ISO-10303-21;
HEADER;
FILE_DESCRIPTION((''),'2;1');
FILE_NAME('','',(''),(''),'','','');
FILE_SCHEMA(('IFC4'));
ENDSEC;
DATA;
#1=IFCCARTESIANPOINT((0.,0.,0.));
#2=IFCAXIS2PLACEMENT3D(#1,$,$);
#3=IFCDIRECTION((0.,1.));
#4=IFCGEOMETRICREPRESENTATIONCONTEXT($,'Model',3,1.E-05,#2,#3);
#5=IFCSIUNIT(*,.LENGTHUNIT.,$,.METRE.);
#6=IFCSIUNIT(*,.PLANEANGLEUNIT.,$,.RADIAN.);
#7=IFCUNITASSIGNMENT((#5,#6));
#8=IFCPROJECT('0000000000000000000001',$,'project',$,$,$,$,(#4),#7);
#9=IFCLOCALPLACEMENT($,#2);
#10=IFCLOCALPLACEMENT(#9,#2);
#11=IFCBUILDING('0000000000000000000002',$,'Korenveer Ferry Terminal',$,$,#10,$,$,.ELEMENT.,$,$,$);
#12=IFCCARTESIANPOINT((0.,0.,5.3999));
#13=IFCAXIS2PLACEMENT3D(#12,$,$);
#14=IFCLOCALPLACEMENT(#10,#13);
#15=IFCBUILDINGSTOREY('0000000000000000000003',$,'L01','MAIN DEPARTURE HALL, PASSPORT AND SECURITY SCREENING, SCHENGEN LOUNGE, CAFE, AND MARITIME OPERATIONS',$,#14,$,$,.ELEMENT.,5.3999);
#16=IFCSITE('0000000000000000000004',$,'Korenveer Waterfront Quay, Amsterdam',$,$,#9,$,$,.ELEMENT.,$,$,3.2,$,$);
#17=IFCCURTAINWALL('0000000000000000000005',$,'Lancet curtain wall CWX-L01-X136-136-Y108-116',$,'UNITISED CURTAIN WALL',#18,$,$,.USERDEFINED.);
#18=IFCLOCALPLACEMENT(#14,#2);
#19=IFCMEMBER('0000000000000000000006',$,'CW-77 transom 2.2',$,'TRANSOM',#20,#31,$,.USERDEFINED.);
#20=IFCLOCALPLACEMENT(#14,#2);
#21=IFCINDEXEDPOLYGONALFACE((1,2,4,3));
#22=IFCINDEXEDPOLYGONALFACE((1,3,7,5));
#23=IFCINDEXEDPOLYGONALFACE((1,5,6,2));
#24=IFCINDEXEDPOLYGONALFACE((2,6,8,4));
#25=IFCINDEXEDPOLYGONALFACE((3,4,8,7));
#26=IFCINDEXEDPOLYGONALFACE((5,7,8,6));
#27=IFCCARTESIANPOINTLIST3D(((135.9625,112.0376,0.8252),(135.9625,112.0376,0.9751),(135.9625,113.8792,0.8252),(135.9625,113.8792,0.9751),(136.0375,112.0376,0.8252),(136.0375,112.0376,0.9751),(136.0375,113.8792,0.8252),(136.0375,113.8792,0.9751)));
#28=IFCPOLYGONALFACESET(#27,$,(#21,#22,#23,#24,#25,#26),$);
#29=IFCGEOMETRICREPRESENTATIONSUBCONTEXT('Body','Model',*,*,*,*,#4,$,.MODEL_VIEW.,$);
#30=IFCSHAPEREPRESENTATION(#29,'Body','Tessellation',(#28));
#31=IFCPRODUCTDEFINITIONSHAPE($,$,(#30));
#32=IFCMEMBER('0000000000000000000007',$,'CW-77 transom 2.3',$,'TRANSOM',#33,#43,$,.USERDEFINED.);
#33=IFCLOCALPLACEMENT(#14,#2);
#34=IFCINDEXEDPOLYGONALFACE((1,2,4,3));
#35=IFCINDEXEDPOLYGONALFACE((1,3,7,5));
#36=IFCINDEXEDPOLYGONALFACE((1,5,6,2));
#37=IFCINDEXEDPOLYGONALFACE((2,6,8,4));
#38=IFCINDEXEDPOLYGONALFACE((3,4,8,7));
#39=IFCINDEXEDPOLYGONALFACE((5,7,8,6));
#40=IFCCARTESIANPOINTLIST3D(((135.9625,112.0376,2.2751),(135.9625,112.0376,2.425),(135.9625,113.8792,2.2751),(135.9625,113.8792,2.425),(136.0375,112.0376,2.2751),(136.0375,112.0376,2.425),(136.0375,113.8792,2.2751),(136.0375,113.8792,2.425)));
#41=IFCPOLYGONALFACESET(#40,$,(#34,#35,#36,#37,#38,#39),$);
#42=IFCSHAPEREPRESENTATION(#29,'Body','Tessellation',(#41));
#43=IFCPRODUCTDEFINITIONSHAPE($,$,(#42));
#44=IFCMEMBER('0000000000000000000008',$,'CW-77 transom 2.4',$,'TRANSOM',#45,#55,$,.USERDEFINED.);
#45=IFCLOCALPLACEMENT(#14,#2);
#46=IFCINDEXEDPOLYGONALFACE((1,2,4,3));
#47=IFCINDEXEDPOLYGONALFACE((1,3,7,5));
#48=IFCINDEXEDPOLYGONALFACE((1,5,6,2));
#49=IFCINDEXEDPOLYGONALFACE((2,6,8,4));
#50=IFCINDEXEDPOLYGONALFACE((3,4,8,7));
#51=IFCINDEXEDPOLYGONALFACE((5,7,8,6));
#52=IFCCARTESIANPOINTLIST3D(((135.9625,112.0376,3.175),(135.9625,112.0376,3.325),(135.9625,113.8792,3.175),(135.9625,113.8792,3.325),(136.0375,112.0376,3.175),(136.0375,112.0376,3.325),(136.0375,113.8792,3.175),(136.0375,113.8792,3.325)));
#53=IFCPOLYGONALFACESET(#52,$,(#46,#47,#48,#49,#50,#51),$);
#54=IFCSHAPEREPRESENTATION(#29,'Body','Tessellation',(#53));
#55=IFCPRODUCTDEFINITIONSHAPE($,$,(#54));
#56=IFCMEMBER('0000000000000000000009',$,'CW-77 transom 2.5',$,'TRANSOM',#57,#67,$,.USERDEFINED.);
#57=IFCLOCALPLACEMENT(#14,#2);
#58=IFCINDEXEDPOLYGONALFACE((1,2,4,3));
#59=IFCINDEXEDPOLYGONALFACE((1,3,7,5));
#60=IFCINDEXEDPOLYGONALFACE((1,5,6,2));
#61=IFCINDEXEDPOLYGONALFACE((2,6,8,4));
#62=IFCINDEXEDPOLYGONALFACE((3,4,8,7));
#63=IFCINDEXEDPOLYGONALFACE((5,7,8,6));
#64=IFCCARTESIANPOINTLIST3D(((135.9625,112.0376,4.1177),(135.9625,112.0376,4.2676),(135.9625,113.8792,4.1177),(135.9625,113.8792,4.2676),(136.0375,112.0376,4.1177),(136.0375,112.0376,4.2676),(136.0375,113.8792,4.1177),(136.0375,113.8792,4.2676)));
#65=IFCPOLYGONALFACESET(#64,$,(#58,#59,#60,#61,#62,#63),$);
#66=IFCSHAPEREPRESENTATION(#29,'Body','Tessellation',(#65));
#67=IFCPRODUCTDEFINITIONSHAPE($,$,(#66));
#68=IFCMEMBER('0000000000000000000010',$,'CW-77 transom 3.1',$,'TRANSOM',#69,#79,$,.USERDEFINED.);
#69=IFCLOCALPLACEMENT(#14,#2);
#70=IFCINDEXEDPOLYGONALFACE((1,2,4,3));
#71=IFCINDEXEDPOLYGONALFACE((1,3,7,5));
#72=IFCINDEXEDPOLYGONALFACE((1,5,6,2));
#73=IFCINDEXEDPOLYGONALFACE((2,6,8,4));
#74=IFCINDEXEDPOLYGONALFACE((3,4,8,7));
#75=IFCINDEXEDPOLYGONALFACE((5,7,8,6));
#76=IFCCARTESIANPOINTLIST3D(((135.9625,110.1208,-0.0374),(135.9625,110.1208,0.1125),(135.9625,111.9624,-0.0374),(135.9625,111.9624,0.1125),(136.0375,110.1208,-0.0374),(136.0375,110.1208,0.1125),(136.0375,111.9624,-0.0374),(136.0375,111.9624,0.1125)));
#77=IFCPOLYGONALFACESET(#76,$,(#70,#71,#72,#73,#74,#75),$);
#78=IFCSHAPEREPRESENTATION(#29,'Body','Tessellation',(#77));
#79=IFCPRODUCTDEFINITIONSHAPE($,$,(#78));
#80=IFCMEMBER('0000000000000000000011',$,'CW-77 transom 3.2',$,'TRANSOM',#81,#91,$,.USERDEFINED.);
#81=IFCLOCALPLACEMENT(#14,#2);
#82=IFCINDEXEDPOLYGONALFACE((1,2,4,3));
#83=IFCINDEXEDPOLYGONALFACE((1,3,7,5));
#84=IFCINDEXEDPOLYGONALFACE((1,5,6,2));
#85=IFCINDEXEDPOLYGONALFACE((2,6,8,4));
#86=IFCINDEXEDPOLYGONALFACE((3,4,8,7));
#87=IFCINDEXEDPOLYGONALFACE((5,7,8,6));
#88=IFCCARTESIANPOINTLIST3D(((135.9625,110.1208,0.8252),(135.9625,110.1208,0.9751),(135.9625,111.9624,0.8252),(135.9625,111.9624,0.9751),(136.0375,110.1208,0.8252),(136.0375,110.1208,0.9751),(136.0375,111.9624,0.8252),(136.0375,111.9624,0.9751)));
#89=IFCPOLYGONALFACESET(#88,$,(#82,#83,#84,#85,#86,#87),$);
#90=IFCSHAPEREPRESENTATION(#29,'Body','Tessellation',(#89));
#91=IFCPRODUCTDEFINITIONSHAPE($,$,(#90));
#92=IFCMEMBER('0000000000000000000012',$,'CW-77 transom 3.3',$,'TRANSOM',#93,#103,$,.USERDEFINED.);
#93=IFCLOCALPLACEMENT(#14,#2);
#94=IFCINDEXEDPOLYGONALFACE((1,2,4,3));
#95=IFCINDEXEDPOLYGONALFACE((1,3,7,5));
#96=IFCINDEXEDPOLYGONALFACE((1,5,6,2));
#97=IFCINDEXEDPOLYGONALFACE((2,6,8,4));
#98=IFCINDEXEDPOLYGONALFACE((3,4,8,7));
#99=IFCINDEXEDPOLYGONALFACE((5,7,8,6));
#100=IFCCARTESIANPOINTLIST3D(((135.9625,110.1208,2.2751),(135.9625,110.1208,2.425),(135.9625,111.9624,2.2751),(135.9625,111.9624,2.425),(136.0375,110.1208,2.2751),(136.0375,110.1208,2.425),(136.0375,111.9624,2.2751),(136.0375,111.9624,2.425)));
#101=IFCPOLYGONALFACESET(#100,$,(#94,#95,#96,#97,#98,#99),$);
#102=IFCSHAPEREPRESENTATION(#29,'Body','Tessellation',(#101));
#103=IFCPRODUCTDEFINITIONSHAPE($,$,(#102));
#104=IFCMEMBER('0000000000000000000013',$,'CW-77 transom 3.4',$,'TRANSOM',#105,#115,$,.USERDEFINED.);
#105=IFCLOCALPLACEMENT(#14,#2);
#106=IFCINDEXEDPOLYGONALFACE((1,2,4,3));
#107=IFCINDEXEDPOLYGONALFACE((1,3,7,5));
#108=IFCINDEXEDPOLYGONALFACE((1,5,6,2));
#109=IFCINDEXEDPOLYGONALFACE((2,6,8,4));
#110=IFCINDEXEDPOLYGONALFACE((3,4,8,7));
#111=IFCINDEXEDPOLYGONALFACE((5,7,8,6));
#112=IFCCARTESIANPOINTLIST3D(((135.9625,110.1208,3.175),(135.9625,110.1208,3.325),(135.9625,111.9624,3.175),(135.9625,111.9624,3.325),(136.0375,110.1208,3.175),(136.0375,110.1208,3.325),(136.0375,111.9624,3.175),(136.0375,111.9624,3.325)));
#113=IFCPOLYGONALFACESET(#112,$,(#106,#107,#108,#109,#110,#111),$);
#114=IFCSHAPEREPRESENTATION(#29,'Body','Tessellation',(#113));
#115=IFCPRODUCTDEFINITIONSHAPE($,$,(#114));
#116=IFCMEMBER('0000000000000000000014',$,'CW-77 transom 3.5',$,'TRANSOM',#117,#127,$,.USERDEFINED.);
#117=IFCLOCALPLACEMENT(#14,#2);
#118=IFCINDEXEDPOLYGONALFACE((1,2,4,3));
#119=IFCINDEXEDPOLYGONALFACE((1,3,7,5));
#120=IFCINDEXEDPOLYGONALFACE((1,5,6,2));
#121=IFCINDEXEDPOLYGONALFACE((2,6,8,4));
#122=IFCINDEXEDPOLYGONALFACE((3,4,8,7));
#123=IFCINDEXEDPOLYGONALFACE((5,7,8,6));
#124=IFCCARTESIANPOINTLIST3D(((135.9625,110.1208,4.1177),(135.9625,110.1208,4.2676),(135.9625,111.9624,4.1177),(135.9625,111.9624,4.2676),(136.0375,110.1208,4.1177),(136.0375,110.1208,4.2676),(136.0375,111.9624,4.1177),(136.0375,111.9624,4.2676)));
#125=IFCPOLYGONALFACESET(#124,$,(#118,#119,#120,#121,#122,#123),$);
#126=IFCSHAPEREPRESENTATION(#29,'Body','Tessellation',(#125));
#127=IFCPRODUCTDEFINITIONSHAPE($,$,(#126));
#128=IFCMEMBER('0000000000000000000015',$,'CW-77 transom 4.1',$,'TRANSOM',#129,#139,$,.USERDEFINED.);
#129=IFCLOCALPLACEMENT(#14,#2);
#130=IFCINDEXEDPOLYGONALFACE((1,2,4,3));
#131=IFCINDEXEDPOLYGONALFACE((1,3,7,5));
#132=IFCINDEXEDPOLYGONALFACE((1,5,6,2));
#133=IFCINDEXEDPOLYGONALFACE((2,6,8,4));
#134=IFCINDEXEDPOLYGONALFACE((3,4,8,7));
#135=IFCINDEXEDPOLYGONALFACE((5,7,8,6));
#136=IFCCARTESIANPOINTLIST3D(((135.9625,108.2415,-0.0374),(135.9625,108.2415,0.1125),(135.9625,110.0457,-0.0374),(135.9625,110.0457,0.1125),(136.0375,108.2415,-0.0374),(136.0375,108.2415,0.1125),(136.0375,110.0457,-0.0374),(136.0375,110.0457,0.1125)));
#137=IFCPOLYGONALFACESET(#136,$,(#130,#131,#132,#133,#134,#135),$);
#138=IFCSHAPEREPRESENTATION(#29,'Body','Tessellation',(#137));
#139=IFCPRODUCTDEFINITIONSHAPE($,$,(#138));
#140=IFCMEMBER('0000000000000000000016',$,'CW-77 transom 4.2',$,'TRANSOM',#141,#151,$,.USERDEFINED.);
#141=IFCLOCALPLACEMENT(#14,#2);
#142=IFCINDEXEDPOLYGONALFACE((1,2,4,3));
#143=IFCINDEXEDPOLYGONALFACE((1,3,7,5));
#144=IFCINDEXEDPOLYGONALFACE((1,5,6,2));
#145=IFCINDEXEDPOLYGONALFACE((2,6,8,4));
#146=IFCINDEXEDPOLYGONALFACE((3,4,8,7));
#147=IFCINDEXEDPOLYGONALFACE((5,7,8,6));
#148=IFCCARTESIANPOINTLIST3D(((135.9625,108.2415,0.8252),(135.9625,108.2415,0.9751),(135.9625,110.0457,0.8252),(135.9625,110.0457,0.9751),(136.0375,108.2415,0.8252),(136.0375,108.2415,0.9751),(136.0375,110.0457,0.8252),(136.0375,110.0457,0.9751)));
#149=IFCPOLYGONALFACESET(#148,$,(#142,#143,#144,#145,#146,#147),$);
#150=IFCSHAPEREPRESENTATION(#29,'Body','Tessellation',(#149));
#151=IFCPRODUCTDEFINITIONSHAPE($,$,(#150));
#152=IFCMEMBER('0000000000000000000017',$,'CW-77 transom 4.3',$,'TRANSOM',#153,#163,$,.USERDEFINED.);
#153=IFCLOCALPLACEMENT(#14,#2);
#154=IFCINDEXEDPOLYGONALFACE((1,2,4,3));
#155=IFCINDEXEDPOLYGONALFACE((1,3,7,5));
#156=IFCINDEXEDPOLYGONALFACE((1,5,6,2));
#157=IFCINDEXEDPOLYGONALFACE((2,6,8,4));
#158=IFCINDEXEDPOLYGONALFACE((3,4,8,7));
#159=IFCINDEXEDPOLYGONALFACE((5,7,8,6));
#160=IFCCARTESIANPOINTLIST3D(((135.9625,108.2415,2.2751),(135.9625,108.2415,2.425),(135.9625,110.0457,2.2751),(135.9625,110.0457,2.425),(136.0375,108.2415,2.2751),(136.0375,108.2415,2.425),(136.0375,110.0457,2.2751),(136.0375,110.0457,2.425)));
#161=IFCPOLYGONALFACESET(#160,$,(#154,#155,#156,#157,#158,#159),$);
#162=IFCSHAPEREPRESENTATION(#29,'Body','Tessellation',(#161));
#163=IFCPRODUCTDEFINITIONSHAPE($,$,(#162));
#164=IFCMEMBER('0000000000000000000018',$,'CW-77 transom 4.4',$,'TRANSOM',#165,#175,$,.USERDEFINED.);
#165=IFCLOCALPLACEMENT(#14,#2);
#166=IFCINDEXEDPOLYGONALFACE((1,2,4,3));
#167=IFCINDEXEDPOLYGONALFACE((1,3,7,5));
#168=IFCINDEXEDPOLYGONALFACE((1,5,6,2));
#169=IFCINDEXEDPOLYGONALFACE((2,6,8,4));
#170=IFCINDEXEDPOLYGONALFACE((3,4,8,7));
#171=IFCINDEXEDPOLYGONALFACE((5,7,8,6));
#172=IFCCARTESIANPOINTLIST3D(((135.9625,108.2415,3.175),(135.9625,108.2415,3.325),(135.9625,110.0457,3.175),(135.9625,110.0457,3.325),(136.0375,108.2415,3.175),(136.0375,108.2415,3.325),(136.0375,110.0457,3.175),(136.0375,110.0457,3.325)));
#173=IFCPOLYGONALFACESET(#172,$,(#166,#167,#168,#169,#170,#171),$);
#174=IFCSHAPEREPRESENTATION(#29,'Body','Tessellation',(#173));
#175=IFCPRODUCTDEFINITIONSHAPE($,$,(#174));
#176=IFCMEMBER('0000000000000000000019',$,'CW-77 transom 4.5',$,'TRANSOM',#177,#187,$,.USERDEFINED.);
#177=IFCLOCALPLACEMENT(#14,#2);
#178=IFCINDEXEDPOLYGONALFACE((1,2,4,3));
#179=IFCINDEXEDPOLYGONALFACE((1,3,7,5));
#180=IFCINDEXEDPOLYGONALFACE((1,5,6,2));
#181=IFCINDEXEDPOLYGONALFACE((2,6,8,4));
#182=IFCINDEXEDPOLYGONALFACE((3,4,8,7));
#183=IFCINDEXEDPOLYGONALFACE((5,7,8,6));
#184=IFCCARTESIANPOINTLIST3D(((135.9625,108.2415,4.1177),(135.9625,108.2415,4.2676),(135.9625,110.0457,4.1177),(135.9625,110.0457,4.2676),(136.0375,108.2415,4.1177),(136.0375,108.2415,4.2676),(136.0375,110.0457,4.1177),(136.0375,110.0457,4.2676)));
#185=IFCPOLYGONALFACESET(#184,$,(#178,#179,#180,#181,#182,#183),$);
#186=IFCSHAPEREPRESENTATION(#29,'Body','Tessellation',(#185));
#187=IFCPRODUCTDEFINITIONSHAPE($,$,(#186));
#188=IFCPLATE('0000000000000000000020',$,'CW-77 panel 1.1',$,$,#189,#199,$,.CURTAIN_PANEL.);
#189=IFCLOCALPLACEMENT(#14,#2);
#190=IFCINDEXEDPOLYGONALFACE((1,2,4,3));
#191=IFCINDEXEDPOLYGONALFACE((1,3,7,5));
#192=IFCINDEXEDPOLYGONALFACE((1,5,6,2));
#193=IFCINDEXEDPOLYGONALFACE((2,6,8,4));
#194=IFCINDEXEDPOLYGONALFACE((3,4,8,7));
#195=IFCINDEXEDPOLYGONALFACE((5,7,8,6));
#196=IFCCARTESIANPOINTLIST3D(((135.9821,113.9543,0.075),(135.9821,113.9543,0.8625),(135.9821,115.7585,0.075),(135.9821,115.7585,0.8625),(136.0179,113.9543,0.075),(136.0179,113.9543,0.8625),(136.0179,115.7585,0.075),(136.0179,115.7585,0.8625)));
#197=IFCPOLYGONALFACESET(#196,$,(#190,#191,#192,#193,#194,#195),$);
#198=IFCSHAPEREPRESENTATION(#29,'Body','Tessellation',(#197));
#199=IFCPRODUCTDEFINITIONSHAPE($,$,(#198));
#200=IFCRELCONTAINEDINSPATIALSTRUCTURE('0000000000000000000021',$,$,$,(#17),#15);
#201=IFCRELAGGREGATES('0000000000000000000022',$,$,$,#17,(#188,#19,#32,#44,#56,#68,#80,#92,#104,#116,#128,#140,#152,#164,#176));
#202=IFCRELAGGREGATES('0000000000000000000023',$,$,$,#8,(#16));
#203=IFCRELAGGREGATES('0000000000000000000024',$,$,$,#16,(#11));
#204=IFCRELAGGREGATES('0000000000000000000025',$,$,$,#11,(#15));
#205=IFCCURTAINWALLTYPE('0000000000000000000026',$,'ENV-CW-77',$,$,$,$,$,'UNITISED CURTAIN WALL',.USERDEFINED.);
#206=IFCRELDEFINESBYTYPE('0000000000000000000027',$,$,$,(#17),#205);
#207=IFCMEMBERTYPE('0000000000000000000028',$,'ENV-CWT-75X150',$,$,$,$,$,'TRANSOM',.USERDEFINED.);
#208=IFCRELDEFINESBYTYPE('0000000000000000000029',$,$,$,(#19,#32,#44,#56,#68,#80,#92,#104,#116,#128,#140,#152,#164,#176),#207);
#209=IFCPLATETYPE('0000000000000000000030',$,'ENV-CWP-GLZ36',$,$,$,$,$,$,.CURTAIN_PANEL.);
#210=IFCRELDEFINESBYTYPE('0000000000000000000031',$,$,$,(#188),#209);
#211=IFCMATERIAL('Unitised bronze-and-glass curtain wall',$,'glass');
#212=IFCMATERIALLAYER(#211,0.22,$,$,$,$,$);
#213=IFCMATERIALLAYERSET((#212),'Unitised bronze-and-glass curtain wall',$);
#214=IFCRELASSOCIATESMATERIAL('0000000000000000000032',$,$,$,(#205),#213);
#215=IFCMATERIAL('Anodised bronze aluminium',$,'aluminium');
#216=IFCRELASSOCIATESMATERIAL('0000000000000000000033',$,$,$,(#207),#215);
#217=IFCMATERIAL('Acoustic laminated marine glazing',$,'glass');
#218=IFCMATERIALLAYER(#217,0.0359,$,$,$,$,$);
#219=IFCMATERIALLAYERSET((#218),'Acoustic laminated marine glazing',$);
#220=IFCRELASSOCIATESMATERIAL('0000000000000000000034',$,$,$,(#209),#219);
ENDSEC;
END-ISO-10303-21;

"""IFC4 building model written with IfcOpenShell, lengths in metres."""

from ifc_helpers import new_model, si_unit, direction, frame, origin, origin_2d, place, context, subcontext, project, spatial, rectangle, extrude, material, layer, layer_set, material_profile, profile_set, type_object, element, aggregate, save


model = new_model("IFC4")

# Units and contexts
model_context = context("Model", 3, precision=1e-05, world=origin(), true_north=direction((0.0, 1.0)))
body_context = subcontext(model_context, "Body", "Model", "MODEL_VIEW")
ifc_project = project(units=[si_unit("LENGTHUNIT", "METRE"), si_unit("PLANEANGLEUNIT", "RADIAN")], contexts=[model_context])

# Site, building, storey
site_placement = place(None, origin())
site = spatial("IfcSite", under=ifc_project, at=site_placement, Name="Korenveer Waterfront Quay, Amsterdam", CompositionType="ELEMENT", RefElevation=3.2)
building_placement = place(site_placement, origin())
building = spatial("IfcBuilding", under=site, at=building_placement, Name="Korenveer Ferry Terminal", CompositionType="ELEMENT")
storey_placement = place(building_placement, frame((0.0, 0.0, 5.3999)))
storey = spatial("IfcBuildingStorey", under=building, at=storey_placement, Name="L01", Description="MAIN DEPARTURE HALL, PASSPORT AND SECURITY SCREENING, SCHENGEN LOUNGE, CAFE, AND MARITIME OPERATIONS", CompositionType="ELEMENT", Elevation=5.3999)

# Curtain wall, members, plate
ifc_material_1 = material(Name="Unitised bronze-and-glass curtain wall", Category="glass")
ifc_layer_1 = layer(ifc_material_1, 0.22)
ifc_layer_set_1 = layer_set([ifc_layer_1], Name="Unitised bronze-and-glass curtain wall")
curtain_wall_type = type_object("IfcCurtainWallType", Name="ENV-CW-77", ElementType="UNITISED CURTAIN WALL", PredefinedType="USERDEFINED", material=ifc_layer_set_1)
curtain_wall_placement = place(storey_placement, frame((136.0, 115.8335, 0.0)))
curtain_wall = element("IfcCurtainWall", 1, at=curtain_wall_placement, inside=storey, type_object=curtain_wall_type, Name="Lancet curtain wall CWX-L01-X136-136-Y108-116", ObjectType="UNITISED CURTAIN WALL", PredefinedType="USERDEFINED")
ifc_material_2 = material(Name="Anodised bronze aluminium", Category="aluminium")
ifc_material_profile_1 = material_profile(ifc_material_2, rectangle(XDim=0.075, YDim=0.1499, at=origin_2d()), Name="ALU 75x150")
ifc_profile_set_1 = profile_set([ifc_material_profile_1], Name="Anodised bronze aluminium")
member_type_1 = type_object("IfcMemberType", Name="ENV-CWT-75X150", ElementType="TRANSOM", PredefinedType="USERDEFINED", material=ifc_profile_set_1)
member_1_placement = place(storey_placement, frame((136.0, 113.8792, 0.9001), z_axis=(0.0, -1.0, 0.0), x_axis=(1.0, 0.0, 0.0)))
member_1 = element("IfcMember", 2, at=member_1_placement, type_object=member_type_1, Name="CW-77 transom 2.2", ObjectType="TRANSOM", PredefinedType="USERDEFINED", context=body_context, shape_type="SweptSolid", body=[
    extrude(rectangle(XDim=0.075, YDim=0.1499, at=origin_2d()), origin(), (0.0, 0.0, 1.0), 1.8416),
])
member_2_placement = place(storey_placement, frame((136.0, 113.8792, 2.3501), z_axis=(0.0, -1.0, 0.0), x_axis=(1.0, 0.0, 0.0)))
member_2 = element("IfcMember", 3, at=member_2_placement, type_object=member_type_1, Name="CW-77 transom 2.3", ObjectType="TRANSOM", PredefinedType="USERDEFINED", context=body_context, shape_type="SweptSolid", body=[
    extrude(rectangle(XDim=0.075, YDim=0.1499, at=origin_2d()), origin(), (0.0, 0.0, 1.0), 1.8416),
])
member_3_placement = place(storey_placement, frame((136.0, 113.8792, 3.25), z_axis=(0.0, -1.0, 0.0), x_axis=(1.0, 0.0, 0.0)))
member_3 = element("IfcMember", 4, at=member_3_placement, type_object=member_type_1, Name="CW-77 transom 2.4", ObjectType="TRANSOM", PredefinedType="USERDEFINED", context=body_context, shape_type="SweptSolid", body=[
    extrude(rectangle(XDim=0.075, YDim=0.1499, at=origin_2d()), origin(), (0.0, 0.0, 1.0), 1.8416),
])
member_4_placement = place(storey_placement, frame((136.0, 113.8792, 4.1926), z_axis=(0.0, -1.0, 0.0), x_axis=(1.0, 0.0, 0.0)))
member_4 = element("IfcMember", 5, at=member_4_placement, type_object=member_type_1, Name="CW-77 transom 2.5", ObjectType="TRANSOM", PredefinedType="USERDEFINED", context=body_context, shape_type="SweptSolid", body=[
    extrude(rectangle(XDim=0.075, YDim=0.1499, at=origin_2d()), origin(), (0.0, 0.0, 1.0), 1.8416),
])
member_5_placement = place(storey_placement, frame((136.0, 111.9624, 0.0376), z_axis=(0.0, -1.0, 0.0), x_axis=(1.0, 0.0, 0.0)))
member_5 = element("IfcMember", 6, at=member_5_placement, type_object=member_type_1, Name="CW-77 transom 3.1", ObjectType="TRANSOM", PredefinedType="USERDEFINED", context=body_context, shape_type="SweptSolid", body=[
    extrude(rectangle(XDim=0.075, YDim=0.1499, at=origin_2d()), origin(), (0.0, 0.0, 1.0), 1.8416),
])
member_6_placement = place(storey_placement, frame((136.0, 111.9624, 0.9001), z_axis=(0.0, -1.0, 0.0), x_axis=(1.0, 0.0, 0.0)))
member_6 = element("IfcMember", 7, at=member_6_placement, type_object=member_type_1, Name="CW-77 transom 3.2", ObjectType="TRANSOM", PredefinedType="USERDEFINED", context=body_context, shape_type="SweptSolid", body=[
    extrude(rectangle(XDim=0.075, YDim=0.1499, at=origin_2d()), origin(), (0.0, 0.0, 1.0), 1.8416),
])
member_7_placement = place(storey_placement, frame((136.0, 111.9624, 2.3501), z_axis=(0.0, -1.0, 0.0), x_axis=(1.0, 0.0, 0.0)))
member_7 = element("IfcMember", 8, at=member_7_placement, type_object=member_type_1, Name="CW-77 transom 3.3", ObjectType="TRANSOM", PredefinedType="USERDEFINED", context=body_context, shape_type="SweptSolid", body=[
    extrude(rectangle(XDim=0.075, YDim=0.1499, at=origin_2d()), origin(), (0.0, 0.0, 1.0), 1.8416),
])
member_8_placement = place(storey_placement, frame((136.0, 111.9624, 3.25), z_axis=(0.0, -1.0, 0.0), x_axis=(1.0, 0.0, 0.0)))
member_8 = element("IfcMember", 9, at=member_8_placement, type_object=member_type_1, Name="CW-77 transom 3.4", ObjectType="TRANSOM", PredefinedType="USERDEFINED", context=body_context, shape_type="SweptSolid", body=[
    extrude(rectangle(XDim=0.075, YDim=0.1499, at=origin_2d()), origin(), (0.0, 0.0, 1.0), 1.8416),
])
member_9_placement = place(storey_placement, frame((136.0, 111.9624, 4.1926), z_axis=(0.0, -1.0, 0.0), x_axis=(1.0, 0.0, 0.0)))
member_9 = element("IfcMember", 10, at=member_9_placement, type_object=member_type_1, Name="CW-77 transom 3.5", ObjectType="TRANSOM", PredefinedType="USERDEFINED", context=body_context, shape_type="SweptSolid", body=[
    extrude(rectangle(XDim=0.075, YDim=0.1499, at=origin_2d()), origin(), (0.0, 0.0, 1.0), 1.8416),
])
member_10_placement = place(storey_placement, frame((136.0, 110.0457, 0.0376), z_axis=(0.0, -1.0, 0.0), x_axis=(1.0, 0.0, 0.0)))
member_10 = element("IfcMember", 11, at=member_10_placement, type_object=member_type_1, Name="CW-77 transom 4.1", ObjectType="TRANSOM", PredefinedType="USERDEFINED", context=body_context, shape_type="SweptSolid", body=[
    extrude(rectangle(XDim=0.075, YDim=0.1499, at=origin_2d()), origin(), (0.0, 0.0, 1.0), 1.8042),
])
member_11_placement = place(storey_placement, frame((136.0, 110.0457, 0.9001), z_axis=(0.0, -1.0, 0.0), x_axis=(1.0, 0.0, 0.0)))
member_11 = element("IfcMember", 12, at=member_11_placement, type_object=member_type_1, Name="CW-77 transom 4.2", ObjectType="TRANSOM", PredefinedType="USERDEFINED", context=body_context, shape_type="SweptSolid", body=[
    extrude(rectangle(XDim=0.075, YDim=0.1499, at=origin_2d()), origin(), (0.0, 0.0, 1.0), 1.8042),
])
member_12_placement = place(storey_placement, frame((136.0, 110.0457, 2.3501), z_axis=(0.0, -1.0, 0.0), x_axis=(1.0, 0.0, 0.0)))
member_12 = element("IfcMember", 13, at=member_12_placement, type_object=member_type_1, Name="CW-77 transom 4.3", ObjectType="TRANSOM", PredefinedType="USERDEFINED", context=body_context, shape_type="SweptSolid", body=[
    extrude(rectangle(XDim=0.075, YDim=0.1499, at=origin_2d()), origin(), (0.0, 0.0, 1.0), 1.8042),
])
member_13_placement = place(storey_placement, frame((136.0, 110.0457, 3.25), z_axis=(0.0, -1.0, 0.0), x_axis=(1.0, 0.0, 0.0)))
member_13 = element("IfcMember", 14, at=member_13_placement, type_object=member_type_1, Name="CW-77 transom 4.4", ObjectType="TRANSOM", PredefinedType="USERDEFINED", context=body_context, shape_type="SweptSolid", body=[
    extrude(rectangle(XDim=0.075, YDim=0.1499, at=origin_2d()), origin(), (0.0, 0.0, 1.0), 1.8042),
])
member_14_placement = place(storey_placement, frame((136.0, 110.0457, 4.1926), z_axis=(0.0, -1.0, 0.0), x_axis=(1.0, 0.0, 0.0)))
member_14 = element("IfcMember", 15, at=member_14_placement, type_object=member_type_1, Name="CW-77 transom 4.5", ObjectType="TRANSOM", PredefinedType="USERDEFINED", context=body_context, shape_type="SweptSolid", body=[
    extrude(rectangle(XDim=0.075, YDim=0.1499, at=origin_2d()), origin(), (0.0, 0.0, 1.0), 1.8042),
])
ifc_material_3 = material(Name="Acoustic laminated marine glazing", Category="glass")
ifc_layer_2 = layer(ifc_material_3, 0.0359)
ifc_layer_set_2 = layer_set([ifc_layer_2], Name="Acoustic laminated marine glazing")
plate_type = type_object("IfcPlateType", Name="ENV-CWP-GLZ36", PredefinedType="CURTAIN_PANEL", material=ifc_layer_set_2)
plate_1_placement = place(storey_placement, frame((136.0, 114.8564, 0.075), z_axis=(0.0, 0.0, 1.0), x_axis=(0.0, -1.0, 0.0)))
plate_1 = element("IfcPlate", 16, at=plate_1_placement, type_object=plate_type, Name="CW-77 panel 1.1", PredefinedType="CURTAIN_PANEL", context=body_context, shape_type="SweptSolid", body=[
    extrude(rectangle(XDim=1.8042, YDim=0.0359, at=origin_2d()), origin(), (0.0, 0.0, 1.0), 0.7876),
])
aggregate(curtain_wall, [plate_1, member_1, member_2, member_3, member_4, member_5, member_6, member_7, member_8, member_9, member_10, member_11, member_12, member_13, member_14])

save(model, "model.ifc")
